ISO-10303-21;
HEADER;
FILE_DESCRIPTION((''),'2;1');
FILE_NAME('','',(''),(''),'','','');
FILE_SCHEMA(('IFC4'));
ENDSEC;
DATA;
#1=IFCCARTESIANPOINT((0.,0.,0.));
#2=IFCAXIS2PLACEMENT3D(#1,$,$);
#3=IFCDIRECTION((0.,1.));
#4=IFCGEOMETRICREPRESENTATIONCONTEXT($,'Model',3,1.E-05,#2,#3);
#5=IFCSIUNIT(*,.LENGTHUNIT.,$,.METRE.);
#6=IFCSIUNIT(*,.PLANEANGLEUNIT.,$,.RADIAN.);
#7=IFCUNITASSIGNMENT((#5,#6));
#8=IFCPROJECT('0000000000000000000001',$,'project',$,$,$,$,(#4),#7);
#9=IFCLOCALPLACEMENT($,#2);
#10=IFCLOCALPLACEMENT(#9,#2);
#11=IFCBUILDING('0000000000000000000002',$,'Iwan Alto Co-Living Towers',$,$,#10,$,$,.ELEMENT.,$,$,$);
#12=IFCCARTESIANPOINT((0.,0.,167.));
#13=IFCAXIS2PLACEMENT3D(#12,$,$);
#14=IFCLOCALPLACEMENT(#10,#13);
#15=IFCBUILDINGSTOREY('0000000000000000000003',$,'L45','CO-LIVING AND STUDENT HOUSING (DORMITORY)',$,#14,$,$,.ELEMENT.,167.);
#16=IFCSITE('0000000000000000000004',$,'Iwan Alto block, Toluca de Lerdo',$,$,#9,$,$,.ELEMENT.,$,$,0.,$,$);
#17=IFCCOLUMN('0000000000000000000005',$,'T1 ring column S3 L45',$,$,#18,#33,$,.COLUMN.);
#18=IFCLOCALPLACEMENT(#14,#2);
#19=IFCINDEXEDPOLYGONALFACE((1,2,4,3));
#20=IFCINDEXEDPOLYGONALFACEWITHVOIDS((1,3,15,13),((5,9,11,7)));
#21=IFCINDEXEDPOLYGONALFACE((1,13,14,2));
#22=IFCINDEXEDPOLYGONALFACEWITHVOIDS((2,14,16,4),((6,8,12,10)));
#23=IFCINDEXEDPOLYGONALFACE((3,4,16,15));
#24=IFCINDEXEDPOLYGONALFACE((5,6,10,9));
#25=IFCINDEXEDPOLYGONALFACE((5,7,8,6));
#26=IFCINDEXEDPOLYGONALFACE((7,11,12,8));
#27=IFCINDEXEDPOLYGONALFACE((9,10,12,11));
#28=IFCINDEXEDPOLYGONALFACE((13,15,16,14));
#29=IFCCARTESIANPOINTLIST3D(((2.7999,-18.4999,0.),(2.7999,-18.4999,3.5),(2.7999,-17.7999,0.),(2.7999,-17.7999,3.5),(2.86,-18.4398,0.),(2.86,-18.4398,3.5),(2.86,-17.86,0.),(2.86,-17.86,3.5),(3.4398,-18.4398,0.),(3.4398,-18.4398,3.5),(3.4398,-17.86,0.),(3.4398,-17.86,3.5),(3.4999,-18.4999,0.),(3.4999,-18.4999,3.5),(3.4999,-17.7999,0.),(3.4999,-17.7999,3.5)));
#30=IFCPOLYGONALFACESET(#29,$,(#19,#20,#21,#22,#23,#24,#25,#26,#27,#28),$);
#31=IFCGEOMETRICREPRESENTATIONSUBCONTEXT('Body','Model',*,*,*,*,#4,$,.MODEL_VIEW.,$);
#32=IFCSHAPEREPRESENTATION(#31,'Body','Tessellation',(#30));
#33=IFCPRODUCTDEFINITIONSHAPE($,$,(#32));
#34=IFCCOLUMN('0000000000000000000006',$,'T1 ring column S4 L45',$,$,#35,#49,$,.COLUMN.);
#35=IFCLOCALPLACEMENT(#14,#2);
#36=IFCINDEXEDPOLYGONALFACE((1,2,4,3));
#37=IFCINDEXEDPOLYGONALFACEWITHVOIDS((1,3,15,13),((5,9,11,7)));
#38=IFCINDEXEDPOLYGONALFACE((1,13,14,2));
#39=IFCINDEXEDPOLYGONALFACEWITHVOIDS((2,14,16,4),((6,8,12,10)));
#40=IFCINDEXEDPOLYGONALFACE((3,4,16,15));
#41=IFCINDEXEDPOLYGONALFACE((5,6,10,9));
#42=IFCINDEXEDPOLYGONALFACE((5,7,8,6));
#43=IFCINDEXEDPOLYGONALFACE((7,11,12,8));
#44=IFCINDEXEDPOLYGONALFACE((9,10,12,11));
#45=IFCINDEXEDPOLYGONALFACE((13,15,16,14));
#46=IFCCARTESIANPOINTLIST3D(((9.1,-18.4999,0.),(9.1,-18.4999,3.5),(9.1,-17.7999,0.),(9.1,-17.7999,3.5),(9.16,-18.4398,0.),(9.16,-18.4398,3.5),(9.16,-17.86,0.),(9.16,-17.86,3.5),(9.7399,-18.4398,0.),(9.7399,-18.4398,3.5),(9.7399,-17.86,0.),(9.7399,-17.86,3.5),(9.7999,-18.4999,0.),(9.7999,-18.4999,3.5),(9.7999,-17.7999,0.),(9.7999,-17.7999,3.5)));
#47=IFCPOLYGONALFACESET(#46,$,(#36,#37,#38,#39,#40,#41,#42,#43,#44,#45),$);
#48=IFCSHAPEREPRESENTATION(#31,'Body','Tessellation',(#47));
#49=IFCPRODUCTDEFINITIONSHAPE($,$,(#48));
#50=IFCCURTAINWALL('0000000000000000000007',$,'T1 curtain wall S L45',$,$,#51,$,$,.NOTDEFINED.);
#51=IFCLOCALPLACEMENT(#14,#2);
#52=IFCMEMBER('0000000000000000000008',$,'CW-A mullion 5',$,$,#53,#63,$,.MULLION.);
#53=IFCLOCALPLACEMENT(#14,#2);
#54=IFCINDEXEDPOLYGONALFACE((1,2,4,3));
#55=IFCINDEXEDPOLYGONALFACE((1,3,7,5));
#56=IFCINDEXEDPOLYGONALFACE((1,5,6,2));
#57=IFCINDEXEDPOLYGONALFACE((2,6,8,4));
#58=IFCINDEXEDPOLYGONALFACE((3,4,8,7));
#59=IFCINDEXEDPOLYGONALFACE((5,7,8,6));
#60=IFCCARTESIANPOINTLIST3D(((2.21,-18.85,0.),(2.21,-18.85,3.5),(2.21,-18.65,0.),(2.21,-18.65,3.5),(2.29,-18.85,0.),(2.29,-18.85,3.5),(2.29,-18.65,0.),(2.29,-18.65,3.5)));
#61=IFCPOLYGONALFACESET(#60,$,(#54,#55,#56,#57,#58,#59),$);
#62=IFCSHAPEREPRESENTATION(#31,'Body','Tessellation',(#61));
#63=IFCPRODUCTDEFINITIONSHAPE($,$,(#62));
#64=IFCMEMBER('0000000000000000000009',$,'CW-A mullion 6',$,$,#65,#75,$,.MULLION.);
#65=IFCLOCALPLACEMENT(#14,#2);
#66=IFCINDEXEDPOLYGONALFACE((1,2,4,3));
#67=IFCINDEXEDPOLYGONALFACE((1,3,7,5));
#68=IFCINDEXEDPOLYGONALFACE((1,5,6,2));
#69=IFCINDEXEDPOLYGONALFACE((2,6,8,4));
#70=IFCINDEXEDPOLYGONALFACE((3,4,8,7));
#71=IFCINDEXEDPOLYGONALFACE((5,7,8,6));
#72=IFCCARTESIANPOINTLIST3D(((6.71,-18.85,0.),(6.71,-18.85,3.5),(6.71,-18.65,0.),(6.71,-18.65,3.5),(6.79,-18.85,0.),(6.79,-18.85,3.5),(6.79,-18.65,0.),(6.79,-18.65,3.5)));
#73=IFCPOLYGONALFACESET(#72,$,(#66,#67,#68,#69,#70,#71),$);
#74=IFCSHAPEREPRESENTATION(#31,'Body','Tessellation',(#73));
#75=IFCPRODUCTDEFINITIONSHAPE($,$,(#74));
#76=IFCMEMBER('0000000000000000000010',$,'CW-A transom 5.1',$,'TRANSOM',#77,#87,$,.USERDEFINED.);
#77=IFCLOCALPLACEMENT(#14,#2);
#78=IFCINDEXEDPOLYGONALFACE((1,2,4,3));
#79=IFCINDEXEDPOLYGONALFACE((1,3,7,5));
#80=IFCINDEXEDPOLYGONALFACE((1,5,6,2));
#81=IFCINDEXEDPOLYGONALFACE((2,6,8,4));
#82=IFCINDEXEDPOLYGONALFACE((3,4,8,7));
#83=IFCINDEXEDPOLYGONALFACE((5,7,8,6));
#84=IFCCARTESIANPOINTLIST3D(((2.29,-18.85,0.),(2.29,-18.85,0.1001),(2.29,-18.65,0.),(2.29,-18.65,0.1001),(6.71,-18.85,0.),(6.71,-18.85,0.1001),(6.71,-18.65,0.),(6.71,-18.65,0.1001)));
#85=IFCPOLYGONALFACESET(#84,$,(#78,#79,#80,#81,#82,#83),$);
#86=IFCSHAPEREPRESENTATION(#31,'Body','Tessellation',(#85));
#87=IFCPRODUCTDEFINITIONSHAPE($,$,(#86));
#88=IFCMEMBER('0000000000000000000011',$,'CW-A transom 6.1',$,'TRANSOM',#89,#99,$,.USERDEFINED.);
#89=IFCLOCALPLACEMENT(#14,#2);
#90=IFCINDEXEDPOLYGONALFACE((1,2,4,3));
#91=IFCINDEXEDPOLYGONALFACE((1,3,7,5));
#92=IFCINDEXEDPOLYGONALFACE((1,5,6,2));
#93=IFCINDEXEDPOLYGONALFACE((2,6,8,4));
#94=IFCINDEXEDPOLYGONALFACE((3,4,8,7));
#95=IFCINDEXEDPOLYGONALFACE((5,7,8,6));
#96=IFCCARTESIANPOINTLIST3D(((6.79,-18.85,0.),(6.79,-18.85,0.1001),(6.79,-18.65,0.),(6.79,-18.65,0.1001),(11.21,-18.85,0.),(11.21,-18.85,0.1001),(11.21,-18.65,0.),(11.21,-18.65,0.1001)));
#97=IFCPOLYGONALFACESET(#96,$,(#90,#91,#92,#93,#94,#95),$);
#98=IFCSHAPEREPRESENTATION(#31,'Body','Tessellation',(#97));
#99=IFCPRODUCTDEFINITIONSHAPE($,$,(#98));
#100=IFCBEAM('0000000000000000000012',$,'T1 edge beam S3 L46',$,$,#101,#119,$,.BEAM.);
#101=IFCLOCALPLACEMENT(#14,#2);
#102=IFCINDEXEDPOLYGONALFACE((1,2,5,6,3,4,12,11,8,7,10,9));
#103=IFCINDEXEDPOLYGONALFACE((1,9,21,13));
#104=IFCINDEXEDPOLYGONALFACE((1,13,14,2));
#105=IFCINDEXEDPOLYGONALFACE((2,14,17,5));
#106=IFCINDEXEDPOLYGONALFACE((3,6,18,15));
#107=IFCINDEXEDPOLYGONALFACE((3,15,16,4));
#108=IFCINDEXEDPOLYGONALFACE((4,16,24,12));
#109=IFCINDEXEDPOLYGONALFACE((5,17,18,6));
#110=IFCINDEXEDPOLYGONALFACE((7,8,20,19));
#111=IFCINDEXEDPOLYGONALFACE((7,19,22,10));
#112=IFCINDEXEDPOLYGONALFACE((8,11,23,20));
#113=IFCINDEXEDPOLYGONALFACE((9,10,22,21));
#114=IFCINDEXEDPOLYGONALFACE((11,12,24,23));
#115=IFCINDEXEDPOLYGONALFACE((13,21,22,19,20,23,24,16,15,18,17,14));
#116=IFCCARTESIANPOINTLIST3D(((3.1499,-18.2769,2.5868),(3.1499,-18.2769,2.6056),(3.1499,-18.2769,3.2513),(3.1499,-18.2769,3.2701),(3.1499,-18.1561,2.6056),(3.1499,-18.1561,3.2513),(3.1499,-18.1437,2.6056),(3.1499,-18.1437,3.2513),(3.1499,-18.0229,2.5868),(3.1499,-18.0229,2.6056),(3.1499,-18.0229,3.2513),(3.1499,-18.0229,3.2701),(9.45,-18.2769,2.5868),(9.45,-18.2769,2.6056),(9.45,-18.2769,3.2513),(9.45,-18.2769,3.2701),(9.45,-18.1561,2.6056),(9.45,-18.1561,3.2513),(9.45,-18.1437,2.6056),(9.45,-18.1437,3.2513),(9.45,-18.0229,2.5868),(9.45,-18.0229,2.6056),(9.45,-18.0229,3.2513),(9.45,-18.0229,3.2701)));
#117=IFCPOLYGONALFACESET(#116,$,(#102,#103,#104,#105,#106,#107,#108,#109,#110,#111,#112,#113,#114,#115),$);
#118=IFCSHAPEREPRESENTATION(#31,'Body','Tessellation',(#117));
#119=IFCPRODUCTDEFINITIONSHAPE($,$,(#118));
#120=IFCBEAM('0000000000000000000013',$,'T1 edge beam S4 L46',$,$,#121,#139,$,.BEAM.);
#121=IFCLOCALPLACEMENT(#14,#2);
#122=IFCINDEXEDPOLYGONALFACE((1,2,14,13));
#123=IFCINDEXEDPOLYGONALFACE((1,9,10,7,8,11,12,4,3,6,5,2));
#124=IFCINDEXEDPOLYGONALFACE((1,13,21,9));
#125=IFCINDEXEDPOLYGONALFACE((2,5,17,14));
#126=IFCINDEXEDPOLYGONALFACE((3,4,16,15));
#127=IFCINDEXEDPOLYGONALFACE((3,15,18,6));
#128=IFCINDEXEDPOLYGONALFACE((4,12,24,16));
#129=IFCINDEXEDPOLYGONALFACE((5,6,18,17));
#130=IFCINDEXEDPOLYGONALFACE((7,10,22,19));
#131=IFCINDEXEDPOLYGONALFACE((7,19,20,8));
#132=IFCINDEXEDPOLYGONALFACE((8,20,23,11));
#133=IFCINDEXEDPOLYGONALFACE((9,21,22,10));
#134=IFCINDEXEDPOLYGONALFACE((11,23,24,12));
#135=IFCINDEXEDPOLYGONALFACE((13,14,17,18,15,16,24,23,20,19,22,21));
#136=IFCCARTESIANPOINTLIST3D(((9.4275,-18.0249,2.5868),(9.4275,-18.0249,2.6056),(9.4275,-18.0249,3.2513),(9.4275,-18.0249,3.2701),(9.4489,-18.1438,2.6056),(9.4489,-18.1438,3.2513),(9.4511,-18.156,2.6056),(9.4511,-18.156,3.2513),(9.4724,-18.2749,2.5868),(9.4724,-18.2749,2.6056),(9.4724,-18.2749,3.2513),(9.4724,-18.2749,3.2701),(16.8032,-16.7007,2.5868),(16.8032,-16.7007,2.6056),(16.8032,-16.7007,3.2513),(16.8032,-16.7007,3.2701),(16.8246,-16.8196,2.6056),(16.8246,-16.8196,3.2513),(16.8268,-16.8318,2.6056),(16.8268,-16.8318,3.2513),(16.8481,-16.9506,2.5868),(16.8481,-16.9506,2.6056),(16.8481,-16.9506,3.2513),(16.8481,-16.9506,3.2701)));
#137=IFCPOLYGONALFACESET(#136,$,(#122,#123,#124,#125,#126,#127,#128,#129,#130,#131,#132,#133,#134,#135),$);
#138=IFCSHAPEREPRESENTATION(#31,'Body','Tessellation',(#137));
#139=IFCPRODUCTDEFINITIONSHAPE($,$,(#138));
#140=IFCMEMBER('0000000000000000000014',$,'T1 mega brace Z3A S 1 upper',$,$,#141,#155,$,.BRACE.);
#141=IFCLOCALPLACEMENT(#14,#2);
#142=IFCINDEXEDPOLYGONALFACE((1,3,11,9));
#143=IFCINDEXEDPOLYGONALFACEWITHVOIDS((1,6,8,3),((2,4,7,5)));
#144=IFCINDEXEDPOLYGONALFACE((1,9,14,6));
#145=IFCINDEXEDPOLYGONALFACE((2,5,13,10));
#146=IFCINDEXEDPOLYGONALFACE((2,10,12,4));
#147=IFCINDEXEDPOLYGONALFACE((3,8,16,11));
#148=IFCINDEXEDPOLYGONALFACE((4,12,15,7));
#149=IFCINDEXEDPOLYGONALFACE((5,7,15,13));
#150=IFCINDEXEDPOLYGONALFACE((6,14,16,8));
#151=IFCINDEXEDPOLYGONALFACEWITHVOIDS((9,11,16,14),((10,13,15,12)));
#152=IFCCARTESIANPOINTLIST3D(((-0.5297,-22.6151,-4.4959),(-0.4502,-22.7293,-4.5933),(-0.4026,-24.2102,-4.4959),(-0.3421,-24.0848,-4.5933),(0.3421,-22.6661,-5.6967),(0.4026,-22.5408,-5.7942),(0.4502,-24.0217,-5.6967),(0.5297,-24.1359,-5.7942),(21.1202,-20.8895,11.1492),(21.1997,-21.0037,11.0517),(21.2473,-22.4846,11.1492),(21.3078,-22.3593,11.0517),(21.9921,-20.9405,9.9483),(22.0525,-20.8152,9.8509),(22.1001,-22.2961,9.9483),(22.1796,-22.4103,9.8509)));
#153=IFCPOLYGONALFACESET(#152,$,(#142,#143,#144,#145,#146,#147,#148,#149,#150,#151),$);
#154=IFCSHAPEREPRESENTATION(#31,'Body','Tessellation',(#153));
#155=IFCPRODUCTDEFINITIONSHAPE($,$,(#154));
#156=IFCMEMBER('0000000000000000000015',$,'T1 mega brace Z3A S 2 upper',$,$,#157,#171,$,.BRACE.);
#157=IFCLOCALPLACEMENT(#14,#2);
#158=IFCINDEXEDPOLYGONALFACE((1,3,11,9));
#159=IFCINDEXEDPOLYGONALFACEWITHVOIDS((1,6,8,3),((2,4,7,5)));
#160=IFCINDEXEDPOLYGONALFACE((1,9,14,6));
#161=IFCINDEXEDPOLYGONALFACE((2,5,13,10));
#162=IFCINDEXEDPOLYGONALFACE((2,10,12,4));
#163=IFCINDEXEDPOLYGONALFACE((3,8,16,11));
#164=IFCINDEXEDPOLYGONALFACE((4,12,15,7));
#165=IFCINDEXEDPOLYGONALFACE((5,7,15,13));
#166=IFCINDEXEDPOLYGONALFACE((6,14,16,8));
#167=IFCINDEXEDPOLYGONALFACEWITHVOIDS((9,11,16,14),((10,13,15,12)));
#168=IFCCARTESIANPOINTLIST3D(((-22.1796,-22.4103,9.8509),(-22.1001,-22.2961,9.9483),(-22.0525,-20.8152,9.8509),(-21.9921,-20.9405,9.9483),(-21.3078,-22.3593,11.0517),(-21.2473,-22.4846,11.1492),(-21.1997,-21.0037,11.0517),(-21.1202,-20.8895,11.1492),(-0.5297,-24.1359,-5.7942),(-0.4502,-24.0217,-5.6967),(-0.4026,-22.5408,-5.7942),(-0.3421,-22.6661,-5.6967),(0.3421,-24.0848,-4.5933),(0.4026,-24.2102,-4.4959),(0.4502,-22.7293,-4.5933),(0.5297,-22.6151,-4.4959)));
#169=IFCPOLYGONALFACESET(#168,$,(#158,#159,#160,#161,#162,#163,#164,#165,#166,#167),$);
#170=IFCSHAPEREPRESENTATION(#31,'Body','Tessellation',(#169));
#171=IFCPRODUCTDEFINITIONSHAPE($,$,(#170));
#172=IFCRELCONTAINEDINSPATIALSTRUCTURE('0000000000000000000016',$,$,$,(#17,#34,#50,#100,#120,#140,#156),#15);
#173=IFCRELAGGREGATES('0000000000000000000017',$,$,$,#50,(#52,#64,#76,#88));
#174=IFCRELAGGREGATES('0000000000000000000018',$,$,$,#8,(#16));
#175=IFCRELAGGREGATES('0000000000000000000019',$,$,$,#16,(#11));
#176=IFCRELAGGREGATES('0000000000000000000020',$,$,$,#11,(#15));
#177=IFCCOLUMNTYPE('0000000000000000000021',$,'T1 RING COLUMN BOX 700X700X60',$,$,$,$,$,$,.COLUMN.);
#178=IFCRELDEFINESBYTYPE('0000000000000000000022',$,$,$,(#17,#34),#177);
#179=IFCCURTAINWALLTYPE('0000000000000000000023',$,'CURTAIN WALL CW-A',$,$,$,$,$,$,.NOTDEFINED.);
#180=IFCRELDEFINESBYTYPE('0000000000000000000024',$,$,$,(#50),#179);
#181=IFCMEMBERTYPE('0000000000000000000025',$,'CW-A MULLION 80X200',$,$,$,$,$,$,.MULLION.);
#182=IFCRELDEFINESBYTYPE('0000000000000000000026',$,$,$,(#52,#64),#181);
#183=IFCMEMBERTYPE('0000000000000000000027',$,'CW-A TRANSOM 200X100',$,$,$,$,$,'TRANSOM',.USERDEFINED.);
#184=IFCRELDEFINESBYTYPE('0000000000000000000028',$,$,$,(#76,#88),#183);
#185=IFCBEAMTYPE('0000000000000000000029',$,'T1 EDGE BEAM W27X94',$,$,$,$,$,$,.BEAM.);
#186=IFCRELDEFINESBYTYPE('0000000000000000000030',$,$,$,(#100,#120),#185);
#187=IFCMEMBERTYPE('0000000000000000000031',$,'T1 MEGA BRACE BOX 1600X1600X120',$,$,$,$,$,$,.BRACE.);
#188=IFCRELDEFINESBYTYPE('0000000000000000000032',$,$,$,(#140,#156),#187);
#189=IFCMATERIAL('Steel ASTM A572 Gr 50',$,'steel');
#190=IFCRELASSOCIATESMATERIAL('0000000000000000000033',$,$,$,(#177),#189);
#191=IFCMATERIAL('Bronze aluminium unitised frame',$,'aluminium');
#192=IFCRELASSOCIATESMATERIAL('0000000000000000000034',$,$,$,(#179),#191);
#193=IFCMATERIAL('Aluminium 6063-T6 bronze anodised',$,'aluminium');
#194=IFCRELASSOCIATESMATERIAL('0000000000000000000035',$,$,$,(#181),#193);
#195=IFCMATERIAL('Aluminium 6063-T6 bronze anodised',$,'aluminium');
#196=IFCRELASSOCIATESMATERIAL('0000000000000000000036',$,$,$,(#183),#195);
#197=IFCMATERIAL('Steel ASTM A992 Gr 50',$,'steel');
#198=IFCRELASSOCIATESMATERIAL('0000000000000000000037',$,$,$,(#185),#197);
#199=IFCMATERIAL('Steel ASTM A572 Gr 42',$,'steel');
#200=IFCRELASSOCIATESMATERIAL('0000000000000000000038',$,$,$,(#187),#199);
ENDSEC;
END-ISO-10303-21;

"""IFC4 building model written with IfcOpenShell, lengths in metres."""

from ifc_helpers import new_model, si_unit, direction, frame, origin, origin_2d, place, context, subcontext, project, spatial, rectangle, hollow_rectangle, i_section, extrude, material, material_profile, profile_set, type_object, element, aggregate, save


model = new_model("IFC4")

# Units and contexts
model_context = context("Model", 3, precision=1e-05, world=origin(), true_north=direction((0.0, 1.0)))
body_context = subcontext(model_context, "Body", "Model", "MODEL_VIEW")
ifc_project = project(units=[si_unit("LENGTHUNIT", "METRE"), si_unit("PLANEANGLEUNIT", "RADIAN")], contexts=[model_context])

# Site, building, storey
site_placement = place(None, origin())
site = spatial("IfcSite", under=ifc_project, at=site_placement, Name="Iwan Alto block, Toluca de Lerdo", CompositionType="ELEMENT", RefElevation=0.0)
building_placement = place(site_placement, origin())
building = spatial("IfcBuilding", under=site, at=building_placement, Name="Iwan Alto Co-Living Towers", CompositionType="ELEMENT")
storey_placement = place(building_placement, frame((0.0, 0.0, 167.0)))
storey = spatial("IfcBuildingStorey", under=building, at=storey_placement, Name="L45", Description="CO-LIVING AND STUDENT HOUSING (DORMITORY)", CompositionType="ELEMENT", Elevation=167.0)

# Columns
ifc_material_1 = material(Name="Steel ASTM A572 Gr 50", Category="steel")
ifc_material_profile_1 = material_profile(ifc_material_1, hollow_rectangle(XDim=0.7, YDim=0.7, WallThickness=0.0601, at=origin_2d()), Name="BOX 700X700X60")
ifc_profile_set_1 = profile_set([ifc_material_profile_1], Name="Steel ASTM A572 Gr 50")
column_type = type_object("IfcColumnType", Name="T1 RING COLUMN BOX 700X700X60", PredefinedType="COLUMN", material=ifc_profile_set_1)
for number, where, z_axis, x_axis, name in (
    (1, (3.1499, -18.1499, 0.0), (0.0, 0.0, 1.0), (1.0, 0.0, 0.0), "T1 ring column S3 L45"),
    (2, (9.45, -18.1499, 0.0), (0.0, 0.0, 1.0), (1.0, 0.0, 0.0), "T1 ring column S4 L45"),
):
    element("IfcColumn", number, at=place(storey_placement, frame(where, z_axis=z_axis, x_axis=x_axis)), inside=storey, type_object=column_type, Name=name, PredefinedType="COLUMN", context=body_context, shape_type="SweptSolid", body=[
        extrude(hollow_rectangle(XDim=0.7, YDim=0.7, WallThickness=0.0601, at=origin_2d()), origin(), (0.0, 0.0, 1.0), 3.5),
    ])

# Curtain wall, members
ifc_material_2 = material(Name="Bronze aluminium unitised frame", Category="aluminium")
curtain_wall_type = type_object("IfcCurtainWallType", Name="CURTAIN WALL CW-A", PredefinedType="NOTDEFINED", material=ifc_material_2)
curtain_wall_placement = place(storey_placement, origin())
curtain_wall = element("IfcCurtainWall", 3, at=curtain_wall_placement, inside=storey, type_object=curtain_wall_type, Name="T1 curtain wall S L45", PredefinedType="NOTDEFINED")
ifc_material_3 = material(Name="Aluminium 6063-T6 bronze anodised", Category="aluminium")
ifc_material_profile_2 = material_profile(ifc_material_3, rectangle(XDim=0.2, YDim=0.0801, at=origin_2d()), Name="AL 80X200")
ifc_profile_set_2 = profile_set([ifc_material_profile_2], Name="Aluminium 6063-T6 bronze anodised")
member_type_1 = type_object("IfcMemberType", Name="CW-A MULLION 80X200", PredefinedType="MULLION", material=ifc_profile_set_2)
member_1_placement = place(storey_placement, frame((2.25, -18.75, 0.0), z_axis=(0.0, 0.0, 1.0), x_axis=(0.0, 1.0, 0.0)))
member_1 = element("IfcMember", 4, at=member_1_placement, type_object=member_type_1, Name="CW-A mullion 5", PredefinedType="MULLION", context=body_context, shape_type="SweptSolid", body=[
    extrude(rectangle(XDim=0.2, YDim=0.0801, at=origin_2d()), origin(), (0.0, 0.0, 1.0), 3.5),
])
member_2_placement = place(storey_placement, frame((6.75, -18.75, 0.0), z_axis=(0.0, 0.0, 1.0), x_axis=(0.0, 1.0, 0.0)))
member_2 = element("IfcMember", 5, at=member_2_placement, type_object=member_type_1, Name="CW-A mullion 6", PredefinedType="MULLION", context=body_context, shape_type="SweptSolid", body=[
    extrude(rectangle(XDim=0.2, YDim=0.0801, at=origin_2d()), origin(), (0.0, 0.0, 1.0), 3.5),
])
ifc_material_4 = material(Name="Aluminium 6063-T6 bronze anodised", Category="aluminium")
ifc_material_profile_3 = material_profile(ifc_material_4, rectangle(XDim=0.2, YDim=0.1001, at=origin_2d()), Name="AL 200X100")
ifc_profile_set_3 = profile_set([ifc_material_profile_3], Name="Aluminium 6063-T6 bronze anodised")
member_type_2 = type_object("IfcMemberType", Name="CW-A TRANSOM 200X100", ElementType="TRANSOM", PredefinedType="USERDEFINED", material=ifc_profile_set_3)
member_3_placement = place(storey_placement, frame((2.29, -18.75, 0.05), z_axis=(1.0, 0.0, 0.0), x_axis=(0.0, 1.0, 0.0)))
member_3 = element("IfcMember", 6, at=member_3_placement, type_object=member_type_2, Name="CW-A transom 5.1", ObjectType="TRANSOM", PredefinedType="USERDEFINED", context=body_context, shape_type="SweptSolid", body=[
    extrude(rectangle(XDim=0.2, YDim=0.1001, at=origin_2d()), origin(), (0.0, 0.0, 1.0), 4.4199),
])
member_4_placement = place(storey_placement, frame((6.79, -18.75, 0.05), z_axis=(1.0, 0.0, 0.0), x_axis=(0.0, 1.0, 0.0)))
member_4 = element("IfcMember", 7, at=member_4_placement, type_object=member_type_2, Name="CW-A transom 6.1", ObjectType="TRANSOM", PredefinedType="USERDEFINED", context=body_context, shape_type="SweptSolid", body=[
    extrude(rectangle(XDim=0.2, YDim=0.1001, at=origin_2d()), origin(), (0.0, 0.0, 1.0), 4.4199),
])

# Beams
ifc_material_5 = material(Name="Steel ASTM A992 Gr 50", Category="steel")
ifc_material_profile_4 = material_profile(ifc_material_5, i_section(OverallWidth=0.2539, OverallDepth=0.6833, WebThickness=0.0125, FlangeThickness=0.0188, at=origin_2d()), Name="W27X94")
ifc_profile_set_4 = profile_set([ifc_material_profile_4], Name="Steel ASTM A992 Gr 50")
beam_type_1 = type_object("IfcBeamType", Name="T1 EDGE BEAM W27X94", PredefinedType="BEAM", material=ifc_profile_set_4)
beam_1_placement = place(storey_placement, frame((3.1499, -18.1499, 2.9285), z_axis=(1.0, 0.0, 0.0), x_axis=(0.0, 1.0, 0.0)))
element("IfcBeam", 8, at=beam_1_placement, inside=storey, type_object=beam_type_1, Name="T1 edge beam S3 L46", PredefinedType="BEAM", context=body_context, shape_type="SweptSolid", body=[
    extrude(i_section(OverallWidth=0.2539, OverallDepth=0.6833, WebThickness=0.0125, FlangeThickness=0.0188, at=origin_2d()), origin(), (0.0, 0.0, 1.0), 6.3),
])
beam_2_placement = place(storey_placement, frame((9.45, -18.1499, 2.9285), z_axis=(0.984263, 0.176712, 0.0), x_axis=(-0.176712, 0.984263, 0.0)))
element("IfcBeam", 9, at=beam_2_placement, inside=storey, type_object=beam_type_1, Name="T1 edge beam S4 L46", PredefinedType="BEAM", context=body_context, shape_type="SweptSolid", body=[
    extrude(i_section(OverallWidth=0.2539, OverallDepth=0.6833, WebThickness=0.0125, FlangeThickness=0.0188, at=origin_2d()), origin(), (0.0, 0.0, 1.0), 7.4937),
])

# Members
ifc_material_6 = material(Name="Steel ASTM A572 Gr 42", Category="steel")
ifc_material_profile_5 = material_profile(ifc_material_6, hollow_rectangle(XDim=1.6001, YDim=1.6001, WallThickness=0.1201, at=origin_2d()), Name="BOX 1600X1600X120")
ifc_profile_set_5 = profile_set([ifc_material_profile_5], Name="Steel ASTM A572 Gr 42")
member_type_3 = type_object("IfcMemberType", Name="T1 MEGA BRACE BOX 1600X1600X120", PredefinedType="BRACE", material=ifc_profile_set_5)
for number, where, z_axis, x_axis, name in (
    (10, (0.0, -23.3755, -5.145), (0.808834, 0.064467, 0.584493), (-0.079452, 0.996839, 0.0), "T1 mega brace Z3A S 1 upper"),
    (11, (0.0, -23.3755, -5.145), (-0.808834, 0.064467, 0.584493), (-0.079452, -0.996839, 0.0), "T1 mega brace Z3A S 2 upper"),
):
    element("IfcMember", number, at=place(storey_placement, frame(where, z_axis=z_axis, x_axis=x_axis)), inside=storey, type_object=member_type_3, Name=name, PredefinedType="BRACE", context=body_context, shape_type="SweptSolid", body=[
        extrude(hollow_rectangle(XDim=1.6001, YDim=1.6001, WallThickness=0.1201, at=origin_2d()), origin(), (0.0, 0.0, 1.0), 26.7668),
    ])

aggregate(curtain_wall, [member_1, member_2, member_3, member_4])

save(model, "model.ifc")
